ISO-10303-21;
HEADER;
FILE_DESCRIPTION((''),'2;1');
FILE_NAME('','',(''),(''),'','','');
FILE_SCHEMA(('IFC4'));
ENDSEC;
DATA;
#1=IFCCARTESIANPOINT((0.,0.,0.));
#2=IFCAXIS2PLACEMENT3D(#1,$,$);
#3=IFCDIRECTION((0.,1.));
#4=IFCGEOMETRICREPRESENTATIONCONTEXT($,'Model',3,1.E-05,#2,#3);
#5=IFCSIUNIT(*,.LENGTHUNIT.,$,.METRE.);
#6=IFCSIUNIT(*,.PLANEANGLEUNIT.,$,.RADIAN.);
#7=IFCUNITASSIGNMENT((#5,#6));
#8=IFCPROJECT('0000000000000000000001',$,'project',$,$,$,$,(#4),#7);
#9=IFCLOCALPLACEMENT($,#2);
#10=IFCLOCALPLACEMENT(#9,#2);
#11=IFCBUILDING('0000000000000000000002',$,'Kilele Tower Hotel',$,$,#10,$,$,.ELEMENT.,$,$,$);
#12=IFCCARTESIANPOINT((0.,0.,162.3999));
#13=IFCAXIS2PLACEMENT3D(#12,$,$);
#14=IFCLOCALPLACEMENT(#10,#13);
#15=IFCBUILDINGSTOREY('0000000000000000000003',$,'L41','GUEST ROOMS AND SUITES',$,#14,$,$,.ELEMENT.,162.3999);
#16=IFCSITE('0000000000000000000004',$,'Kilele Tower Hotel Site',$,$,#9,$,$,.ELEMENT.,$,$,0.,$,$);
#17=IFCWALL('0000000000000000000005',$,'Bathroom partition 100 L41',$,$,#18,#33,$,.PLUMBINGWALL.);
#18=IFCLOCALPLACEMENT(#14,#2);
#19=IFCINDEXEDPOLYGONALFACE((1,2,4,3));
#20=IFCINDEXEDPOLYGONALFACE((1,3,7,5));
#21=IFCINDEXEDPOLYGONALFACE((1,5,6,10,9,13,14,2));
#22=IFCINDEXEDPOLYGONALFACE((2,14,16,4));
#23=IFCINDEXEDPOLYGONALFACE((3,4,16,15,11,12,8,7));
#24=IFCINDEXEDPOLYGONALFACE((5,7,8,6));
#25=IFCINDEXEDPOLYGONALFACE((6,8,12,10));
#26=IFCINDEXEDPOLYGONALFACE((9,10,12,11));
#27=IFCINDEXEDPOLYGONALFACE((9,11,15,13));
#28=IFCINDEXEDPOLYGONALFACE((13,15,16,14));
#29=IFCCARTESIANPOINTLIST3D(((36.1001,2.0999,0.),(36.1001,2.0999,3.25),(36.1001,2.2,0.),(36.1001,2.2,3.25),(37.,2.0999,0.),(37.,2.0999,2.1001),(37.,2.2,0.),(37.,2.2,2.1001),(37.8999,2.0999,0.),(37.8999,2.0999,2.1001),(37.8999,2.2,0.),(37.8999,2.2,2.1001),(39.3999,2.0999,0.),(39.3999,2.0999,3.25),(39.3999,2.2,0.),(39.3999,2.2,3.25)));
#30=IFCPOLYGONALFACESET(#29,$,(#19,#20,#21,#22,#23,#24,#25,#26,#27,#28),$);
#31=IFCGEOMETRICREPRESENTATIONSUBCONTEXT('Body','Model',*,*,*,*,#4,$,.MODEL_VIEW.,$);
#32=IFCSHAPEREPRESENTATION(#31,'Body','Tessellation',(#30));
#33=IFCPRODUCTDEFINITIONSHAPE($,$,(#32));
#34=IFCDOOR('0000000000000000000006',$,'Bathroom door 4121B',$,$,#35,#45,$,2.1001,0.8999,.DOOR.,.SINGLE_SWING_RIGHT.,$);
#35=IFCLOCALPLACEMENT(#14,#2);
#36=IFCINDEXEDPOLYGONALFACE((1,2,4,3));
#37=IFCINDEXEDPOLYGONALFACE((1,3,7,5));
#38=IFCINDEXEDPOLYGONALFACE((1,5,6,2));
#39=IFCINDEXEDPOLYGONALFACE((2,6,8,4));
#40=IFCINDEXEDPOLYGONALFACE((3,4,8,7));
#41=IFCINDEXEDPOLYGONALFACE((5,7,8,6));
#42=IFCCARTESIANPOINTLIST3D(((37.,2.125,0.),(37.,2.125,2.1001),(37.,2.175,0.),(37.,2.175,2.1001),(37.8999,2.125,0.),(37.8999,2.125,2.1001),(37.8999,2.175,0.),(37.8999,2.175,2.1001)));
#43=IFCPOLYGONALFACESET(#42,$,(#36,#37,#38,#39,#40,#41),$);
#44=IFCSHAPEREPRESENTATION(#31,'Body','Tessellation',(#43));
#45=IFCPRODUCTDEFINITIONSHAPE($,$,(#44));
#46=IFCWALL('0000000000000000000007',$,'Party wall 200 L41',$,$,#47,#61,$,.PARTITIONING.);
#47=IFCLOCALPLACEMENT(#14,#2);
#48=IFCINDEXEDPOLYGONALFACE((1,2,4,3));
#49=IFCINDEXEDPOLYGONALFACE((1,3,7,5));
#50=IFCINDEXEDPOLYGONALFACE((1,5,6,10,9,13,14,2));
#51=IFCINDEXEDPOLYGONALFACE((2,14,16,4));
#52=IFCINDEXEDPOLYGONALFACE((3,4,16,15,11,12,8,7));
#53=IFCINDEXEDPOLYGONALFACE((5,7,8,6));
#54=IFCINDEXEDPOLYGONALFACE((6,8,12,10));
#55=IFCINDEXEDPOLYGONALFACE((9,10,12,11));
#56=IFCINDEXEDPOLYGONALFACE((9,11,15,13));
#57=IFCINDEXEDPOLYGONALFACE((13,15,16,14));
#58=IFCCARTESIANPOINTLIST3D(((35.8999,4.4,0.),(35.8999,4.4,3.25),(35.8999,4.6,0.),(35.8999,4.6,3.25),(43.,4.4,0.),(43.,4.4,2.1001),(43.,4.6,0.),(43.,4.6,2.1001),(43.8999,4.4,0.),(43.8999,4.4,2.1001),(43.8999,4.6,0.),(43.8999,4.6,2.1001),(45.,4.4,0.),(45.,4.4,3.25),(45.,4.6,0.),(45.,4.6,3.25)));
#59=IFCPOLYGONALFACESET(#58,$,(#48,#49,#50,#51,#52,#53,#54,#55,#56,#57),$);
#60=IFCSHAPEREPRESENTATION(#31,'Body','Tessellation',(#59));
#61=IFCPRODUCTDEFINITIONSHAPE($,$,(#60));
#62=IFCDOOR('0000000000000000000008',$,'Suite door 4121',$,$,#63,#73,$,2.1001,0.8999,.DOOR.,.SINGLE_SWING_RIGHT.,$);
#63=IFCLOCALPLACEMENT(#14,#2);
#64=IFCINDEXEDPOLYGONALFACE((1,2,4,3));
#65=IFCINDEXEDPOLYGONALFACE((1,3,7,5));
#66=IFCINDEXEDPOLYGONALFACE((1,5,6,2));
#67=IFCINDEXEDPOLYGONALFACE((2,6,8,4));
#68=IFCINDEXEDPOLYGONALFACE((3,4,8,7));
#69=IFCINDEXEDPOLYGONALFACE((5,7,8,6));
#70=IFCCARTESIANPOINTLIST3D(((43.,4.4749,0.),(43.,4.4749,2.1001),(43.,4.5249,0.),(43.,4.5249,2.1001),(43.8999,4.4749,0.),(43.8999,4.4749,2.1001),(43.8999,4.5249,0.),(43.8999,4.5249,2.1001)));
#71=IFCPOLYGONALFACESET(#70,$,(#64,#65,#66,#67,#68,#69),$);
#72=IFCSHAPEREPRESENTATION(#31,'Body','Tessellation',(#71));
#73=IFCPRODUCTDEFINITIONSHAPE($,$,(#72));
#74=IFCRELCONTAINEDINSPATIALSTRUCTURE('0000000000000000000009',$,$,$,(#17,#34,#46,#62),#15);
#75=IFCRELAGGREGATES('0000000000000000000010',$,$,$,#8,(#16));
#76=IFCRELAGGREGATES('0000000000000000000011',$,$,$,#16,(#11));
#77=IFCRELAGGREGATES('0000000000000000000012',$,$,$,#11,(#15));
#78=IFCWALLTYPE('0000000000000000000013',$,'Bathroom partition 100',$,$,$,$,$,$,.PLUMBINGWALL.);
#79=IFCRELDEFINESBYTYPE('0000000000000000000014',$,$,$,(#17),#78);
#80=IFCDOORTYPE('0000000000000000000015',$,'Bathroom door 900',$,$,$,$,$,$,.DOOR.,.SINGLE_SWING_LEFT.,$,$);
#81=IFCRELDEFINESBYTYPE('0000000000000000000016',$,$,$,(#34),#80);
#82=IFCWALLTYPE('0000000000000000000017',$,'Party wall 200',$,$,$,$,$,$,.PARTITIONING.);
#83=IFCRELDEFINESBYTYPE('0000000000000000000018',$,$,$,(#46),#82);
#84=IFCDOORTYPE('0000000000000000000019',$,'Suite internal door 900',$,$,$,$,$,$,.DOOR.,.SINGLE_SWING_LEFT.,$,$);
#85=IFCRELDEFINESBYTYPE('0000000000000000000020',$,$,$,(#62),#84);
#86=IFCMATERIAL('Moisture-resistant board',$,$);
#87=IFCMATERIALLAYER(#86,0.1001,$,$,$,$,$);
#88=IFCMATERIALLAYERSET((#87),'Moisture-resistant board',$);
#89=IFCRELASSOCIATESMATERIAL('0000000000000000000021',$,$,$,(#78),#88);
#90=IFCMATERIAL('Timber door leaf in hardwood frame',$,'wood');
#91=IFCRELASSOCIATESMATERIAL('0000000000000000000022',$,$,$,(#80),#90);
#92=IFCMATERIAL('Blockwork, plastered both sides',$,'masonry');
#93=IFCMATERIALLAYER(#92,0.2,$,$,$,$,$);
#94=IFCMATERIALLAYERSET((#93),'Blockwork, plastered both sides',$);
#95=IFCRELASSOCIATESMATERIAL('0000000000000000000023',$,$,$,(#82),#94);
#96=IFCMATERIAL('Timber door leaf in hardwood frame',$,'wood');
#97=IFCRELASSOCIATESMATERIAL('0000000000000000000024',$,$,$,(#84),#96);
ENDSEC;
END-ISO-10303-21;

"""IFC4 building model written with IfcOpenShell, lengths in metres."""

from ifc_helpers import new_model, si_unit, direction, frame, frame_2d, origin, place, context, subcontext, project, spatial, rectangle, extrude, material, layer, layer_set, type_object, element, fill, save


model = new_model("IFC4")

# Units and contexts
model_context = context("Model", 3, precision=1e-05, world=origin(), true_north=direction((0.0, 1.0)))
body_context = subcontext(model_context, "Body", "Model", "MODEL_VIEW")
ifc_project = project(units=[si_unit("LENGTHUNIT", "METRE"), si_unit("PLANEANGLEUNIT", "RADIAN")], contexts=[model_context])

# Site, building, storey
site_placement = place(None, origin())
site = spatial("IfcSite", under=ifc_project, at=site_placement, Name="Kilele Tower Hotel Site", CompositionType="ELEMENT", RefElevation=0.0)
building_placement = place(site_placement, origin())
building = spatial("IfcBuilding", under=site, at=building_placement, Name="Kilele Tower Hotel", CompositionType="ELEMENT")
storey_placement = place(building_placement, frame((0.0, 0.0, 162.3999)))
storey = spatial("IfcBuildingStorey", under=building, at=storey_placement, Name="L41", Description="GUEST ROOMS AND SUITES", CompositionType="ELEMENT", Elevation=162.3999)

# Shared definitions
ifc_material_1 = material(Name="Moisture-resistant board")
ifc_layer_1 = layer(ifc_material_1, 0.1001)
ifc_layer_set_1 = layer_set([ifc_layer_1], Name="Moisture-resistant board")
wall_type_1 = type_object("IfcWallType", Name="Bathroom partition 100", PredefinedType="PLUMBINGWALL", material=ifc_layer_set_1)

# Walls, openings, doors
ifc_material_2 = material(Name="Timber door leaf in hardwood frame", Category="wood")
door_type_1 = type_object("IfcDoorType", Name="Bathroom door 900", OperationType="SINGLE_SWING_LEFT", PredefinedType="DOOR", material=ifc_material_2)
wall_1_placement = place(storey_placement, frame((36.1001, 2.1499, 0.0), z_axis=(0.0, 0.0, 1.0), x_axis=(1.0, 0.0, 0.0)))
wall_1 = element("IfcWall", 1, at=wall_1_placement, inside=storey, type_object=wall_type_1, Name="Bathroom partition 100 L41", PredefinedType="PLUMBINGWALL", context=body_context, shape_type="SweptSolid", body=[
    extrude(rectangle(XDim=3.2998, YDim=0.1001, at=frame_2d((1.6499, 0.0))), origin(), (0.0, 0.0, 1.0), 3.25),
])
opening_1_placement = place(wall_1_placement, frame((1.7998, 0.0, 0.0), z_axis=(0.0, 0.0, 1.0), x_axis=(-1.0, 0.0, 0.0)))
opening_1 = element("IfcOpeningElement", 2, at=opening_1_placement, cuts=wall_1, PredefinedType="OPENING", context=body_context, shape_type="SweptSolid", body=[
    extrude(rectangle(XDim=0.8999, YDim=2.1001, at=frame_2d((0.45, 1.05))), frame((0.0, 0.0601, 0.0), z_axis=(0.0, -1.0, 0.0), x_axis=(1.0, 0.0, 0.0)), (0.0, 0.0, 1.0), 0.1201),
])
door_1_placement = place(opening_1_placement, origin())
door_1 = element("IfcDoor", 3, at=door_1_placement, inside=storey, type_object=door_type_1, Name="Bathroom door 4121B", OperationType="SINGLE_SWING_RIGHT", OverallHeight=2.1001, OverallWidth=0.8999, PredefinedType="DOOR", context=body_context, shape_type="SweptSolid", body=[
    extrude(rectangle(XDim=0.8999, YDim=2.1001, at=frame_2d((0.45, 1.05))), frame((0.0, 0.0249, 0.0), z_axis=(0.0, -1.0, 0.0), x_axis=(1.0, 0.0, 0.0)), (0.0, 0.0, 1.0), 0.05),
])
fill(opening_1, door_1)
ifc_material_3 = material(Name="Blockwork, plastered both sides", Category="masonry")
ifc_layer_2 = layer(ifc_material_3, 0.2)
ifc_layer_set_2 = layer_set([ifc_layer_2], Name="Blockwork, plastered both sides")
wall_type_2 = type_object("IfcWallType", Name="Party wall 200", PredefinedType="PARTITIONING", material=ifc_layer_set_2)
wall_2_placement = place(storey_placement, frame((35.8999, 4.5, 0.0), z_axis=(0.0, 0.0, 1.0), x_axis=(1.0, 0.0, 0.0)))
wall_2 = element("IfcWall", 4, at=wall_2_placement, inside=storey, type_object=wall_type_2, Name="Party wall 200 L41", PredefinedType="PARTITIONING", context=body_context, shape_type="SweptSolid", body=[
    extrude(rectangle(XDim=9.1001, YDim=0.2, at=frame_2d((4.55, 0.0))), origin(), (0.0, 0.0, 1.0), 3.25),
])
opening_2_placement = place(wall_2_placement, frame((7.1001, 0.0, 0.0)))
opening_2 = element("IfcOpeningElement", 5, at=opening_2_placement, cuts=wall_2, PredefinedType="OPENING", context=body_context, shape_type="SweptSolid", body=[
    extrude(rectangle(XDim=0.8999, YDim=2.1001, at=frame_2d((0.45, 1.05))), frame((0.0, 0.1099, 0.0), z_axis=(0.0, -1.0, 0.0), x_axis=(1.0, 0.0, 0.0)), (0.0, 0.0, 1.0), 0.22),
])
ifc_material_4 = material(Name="Timber door leaf in hardwood frame", Category="wood")
door_type_2 = type_object("IfcDoorType", Name="Suite internal door 900", OperationType="SINGLE_SWING_LEFT", PredefinedType="DOOR", material=ifc_material_4)
door_2_placement = place(opening_2_placement, origin())
door_2 = element("IfcDoor", 6, at=door_2_placement, inside=storey, type_object=door_type_2, Name="Suite door 4121", OperationType="SINGLE_SWING_RIGHT", OverallHeight=2.1001, OverallWidth=0.8999, PredefinedType="DOOR", context=body_context, shape_type="SweptSolid", body=[
    extrude(rectangle(XDim=0.8999, YDim=2.1001, at=frame_2d((0.45, 1.05))), frame((0.0, 0.0249, 0.0), z_axis=(0.0, -1.0, 0.0), x_axis=(1.0, 0.0, 0.0)), (0.0, 0.0, 1.0), 0.05),
])
fill(opening_2, door_2)

save(model, "model.ifc")
